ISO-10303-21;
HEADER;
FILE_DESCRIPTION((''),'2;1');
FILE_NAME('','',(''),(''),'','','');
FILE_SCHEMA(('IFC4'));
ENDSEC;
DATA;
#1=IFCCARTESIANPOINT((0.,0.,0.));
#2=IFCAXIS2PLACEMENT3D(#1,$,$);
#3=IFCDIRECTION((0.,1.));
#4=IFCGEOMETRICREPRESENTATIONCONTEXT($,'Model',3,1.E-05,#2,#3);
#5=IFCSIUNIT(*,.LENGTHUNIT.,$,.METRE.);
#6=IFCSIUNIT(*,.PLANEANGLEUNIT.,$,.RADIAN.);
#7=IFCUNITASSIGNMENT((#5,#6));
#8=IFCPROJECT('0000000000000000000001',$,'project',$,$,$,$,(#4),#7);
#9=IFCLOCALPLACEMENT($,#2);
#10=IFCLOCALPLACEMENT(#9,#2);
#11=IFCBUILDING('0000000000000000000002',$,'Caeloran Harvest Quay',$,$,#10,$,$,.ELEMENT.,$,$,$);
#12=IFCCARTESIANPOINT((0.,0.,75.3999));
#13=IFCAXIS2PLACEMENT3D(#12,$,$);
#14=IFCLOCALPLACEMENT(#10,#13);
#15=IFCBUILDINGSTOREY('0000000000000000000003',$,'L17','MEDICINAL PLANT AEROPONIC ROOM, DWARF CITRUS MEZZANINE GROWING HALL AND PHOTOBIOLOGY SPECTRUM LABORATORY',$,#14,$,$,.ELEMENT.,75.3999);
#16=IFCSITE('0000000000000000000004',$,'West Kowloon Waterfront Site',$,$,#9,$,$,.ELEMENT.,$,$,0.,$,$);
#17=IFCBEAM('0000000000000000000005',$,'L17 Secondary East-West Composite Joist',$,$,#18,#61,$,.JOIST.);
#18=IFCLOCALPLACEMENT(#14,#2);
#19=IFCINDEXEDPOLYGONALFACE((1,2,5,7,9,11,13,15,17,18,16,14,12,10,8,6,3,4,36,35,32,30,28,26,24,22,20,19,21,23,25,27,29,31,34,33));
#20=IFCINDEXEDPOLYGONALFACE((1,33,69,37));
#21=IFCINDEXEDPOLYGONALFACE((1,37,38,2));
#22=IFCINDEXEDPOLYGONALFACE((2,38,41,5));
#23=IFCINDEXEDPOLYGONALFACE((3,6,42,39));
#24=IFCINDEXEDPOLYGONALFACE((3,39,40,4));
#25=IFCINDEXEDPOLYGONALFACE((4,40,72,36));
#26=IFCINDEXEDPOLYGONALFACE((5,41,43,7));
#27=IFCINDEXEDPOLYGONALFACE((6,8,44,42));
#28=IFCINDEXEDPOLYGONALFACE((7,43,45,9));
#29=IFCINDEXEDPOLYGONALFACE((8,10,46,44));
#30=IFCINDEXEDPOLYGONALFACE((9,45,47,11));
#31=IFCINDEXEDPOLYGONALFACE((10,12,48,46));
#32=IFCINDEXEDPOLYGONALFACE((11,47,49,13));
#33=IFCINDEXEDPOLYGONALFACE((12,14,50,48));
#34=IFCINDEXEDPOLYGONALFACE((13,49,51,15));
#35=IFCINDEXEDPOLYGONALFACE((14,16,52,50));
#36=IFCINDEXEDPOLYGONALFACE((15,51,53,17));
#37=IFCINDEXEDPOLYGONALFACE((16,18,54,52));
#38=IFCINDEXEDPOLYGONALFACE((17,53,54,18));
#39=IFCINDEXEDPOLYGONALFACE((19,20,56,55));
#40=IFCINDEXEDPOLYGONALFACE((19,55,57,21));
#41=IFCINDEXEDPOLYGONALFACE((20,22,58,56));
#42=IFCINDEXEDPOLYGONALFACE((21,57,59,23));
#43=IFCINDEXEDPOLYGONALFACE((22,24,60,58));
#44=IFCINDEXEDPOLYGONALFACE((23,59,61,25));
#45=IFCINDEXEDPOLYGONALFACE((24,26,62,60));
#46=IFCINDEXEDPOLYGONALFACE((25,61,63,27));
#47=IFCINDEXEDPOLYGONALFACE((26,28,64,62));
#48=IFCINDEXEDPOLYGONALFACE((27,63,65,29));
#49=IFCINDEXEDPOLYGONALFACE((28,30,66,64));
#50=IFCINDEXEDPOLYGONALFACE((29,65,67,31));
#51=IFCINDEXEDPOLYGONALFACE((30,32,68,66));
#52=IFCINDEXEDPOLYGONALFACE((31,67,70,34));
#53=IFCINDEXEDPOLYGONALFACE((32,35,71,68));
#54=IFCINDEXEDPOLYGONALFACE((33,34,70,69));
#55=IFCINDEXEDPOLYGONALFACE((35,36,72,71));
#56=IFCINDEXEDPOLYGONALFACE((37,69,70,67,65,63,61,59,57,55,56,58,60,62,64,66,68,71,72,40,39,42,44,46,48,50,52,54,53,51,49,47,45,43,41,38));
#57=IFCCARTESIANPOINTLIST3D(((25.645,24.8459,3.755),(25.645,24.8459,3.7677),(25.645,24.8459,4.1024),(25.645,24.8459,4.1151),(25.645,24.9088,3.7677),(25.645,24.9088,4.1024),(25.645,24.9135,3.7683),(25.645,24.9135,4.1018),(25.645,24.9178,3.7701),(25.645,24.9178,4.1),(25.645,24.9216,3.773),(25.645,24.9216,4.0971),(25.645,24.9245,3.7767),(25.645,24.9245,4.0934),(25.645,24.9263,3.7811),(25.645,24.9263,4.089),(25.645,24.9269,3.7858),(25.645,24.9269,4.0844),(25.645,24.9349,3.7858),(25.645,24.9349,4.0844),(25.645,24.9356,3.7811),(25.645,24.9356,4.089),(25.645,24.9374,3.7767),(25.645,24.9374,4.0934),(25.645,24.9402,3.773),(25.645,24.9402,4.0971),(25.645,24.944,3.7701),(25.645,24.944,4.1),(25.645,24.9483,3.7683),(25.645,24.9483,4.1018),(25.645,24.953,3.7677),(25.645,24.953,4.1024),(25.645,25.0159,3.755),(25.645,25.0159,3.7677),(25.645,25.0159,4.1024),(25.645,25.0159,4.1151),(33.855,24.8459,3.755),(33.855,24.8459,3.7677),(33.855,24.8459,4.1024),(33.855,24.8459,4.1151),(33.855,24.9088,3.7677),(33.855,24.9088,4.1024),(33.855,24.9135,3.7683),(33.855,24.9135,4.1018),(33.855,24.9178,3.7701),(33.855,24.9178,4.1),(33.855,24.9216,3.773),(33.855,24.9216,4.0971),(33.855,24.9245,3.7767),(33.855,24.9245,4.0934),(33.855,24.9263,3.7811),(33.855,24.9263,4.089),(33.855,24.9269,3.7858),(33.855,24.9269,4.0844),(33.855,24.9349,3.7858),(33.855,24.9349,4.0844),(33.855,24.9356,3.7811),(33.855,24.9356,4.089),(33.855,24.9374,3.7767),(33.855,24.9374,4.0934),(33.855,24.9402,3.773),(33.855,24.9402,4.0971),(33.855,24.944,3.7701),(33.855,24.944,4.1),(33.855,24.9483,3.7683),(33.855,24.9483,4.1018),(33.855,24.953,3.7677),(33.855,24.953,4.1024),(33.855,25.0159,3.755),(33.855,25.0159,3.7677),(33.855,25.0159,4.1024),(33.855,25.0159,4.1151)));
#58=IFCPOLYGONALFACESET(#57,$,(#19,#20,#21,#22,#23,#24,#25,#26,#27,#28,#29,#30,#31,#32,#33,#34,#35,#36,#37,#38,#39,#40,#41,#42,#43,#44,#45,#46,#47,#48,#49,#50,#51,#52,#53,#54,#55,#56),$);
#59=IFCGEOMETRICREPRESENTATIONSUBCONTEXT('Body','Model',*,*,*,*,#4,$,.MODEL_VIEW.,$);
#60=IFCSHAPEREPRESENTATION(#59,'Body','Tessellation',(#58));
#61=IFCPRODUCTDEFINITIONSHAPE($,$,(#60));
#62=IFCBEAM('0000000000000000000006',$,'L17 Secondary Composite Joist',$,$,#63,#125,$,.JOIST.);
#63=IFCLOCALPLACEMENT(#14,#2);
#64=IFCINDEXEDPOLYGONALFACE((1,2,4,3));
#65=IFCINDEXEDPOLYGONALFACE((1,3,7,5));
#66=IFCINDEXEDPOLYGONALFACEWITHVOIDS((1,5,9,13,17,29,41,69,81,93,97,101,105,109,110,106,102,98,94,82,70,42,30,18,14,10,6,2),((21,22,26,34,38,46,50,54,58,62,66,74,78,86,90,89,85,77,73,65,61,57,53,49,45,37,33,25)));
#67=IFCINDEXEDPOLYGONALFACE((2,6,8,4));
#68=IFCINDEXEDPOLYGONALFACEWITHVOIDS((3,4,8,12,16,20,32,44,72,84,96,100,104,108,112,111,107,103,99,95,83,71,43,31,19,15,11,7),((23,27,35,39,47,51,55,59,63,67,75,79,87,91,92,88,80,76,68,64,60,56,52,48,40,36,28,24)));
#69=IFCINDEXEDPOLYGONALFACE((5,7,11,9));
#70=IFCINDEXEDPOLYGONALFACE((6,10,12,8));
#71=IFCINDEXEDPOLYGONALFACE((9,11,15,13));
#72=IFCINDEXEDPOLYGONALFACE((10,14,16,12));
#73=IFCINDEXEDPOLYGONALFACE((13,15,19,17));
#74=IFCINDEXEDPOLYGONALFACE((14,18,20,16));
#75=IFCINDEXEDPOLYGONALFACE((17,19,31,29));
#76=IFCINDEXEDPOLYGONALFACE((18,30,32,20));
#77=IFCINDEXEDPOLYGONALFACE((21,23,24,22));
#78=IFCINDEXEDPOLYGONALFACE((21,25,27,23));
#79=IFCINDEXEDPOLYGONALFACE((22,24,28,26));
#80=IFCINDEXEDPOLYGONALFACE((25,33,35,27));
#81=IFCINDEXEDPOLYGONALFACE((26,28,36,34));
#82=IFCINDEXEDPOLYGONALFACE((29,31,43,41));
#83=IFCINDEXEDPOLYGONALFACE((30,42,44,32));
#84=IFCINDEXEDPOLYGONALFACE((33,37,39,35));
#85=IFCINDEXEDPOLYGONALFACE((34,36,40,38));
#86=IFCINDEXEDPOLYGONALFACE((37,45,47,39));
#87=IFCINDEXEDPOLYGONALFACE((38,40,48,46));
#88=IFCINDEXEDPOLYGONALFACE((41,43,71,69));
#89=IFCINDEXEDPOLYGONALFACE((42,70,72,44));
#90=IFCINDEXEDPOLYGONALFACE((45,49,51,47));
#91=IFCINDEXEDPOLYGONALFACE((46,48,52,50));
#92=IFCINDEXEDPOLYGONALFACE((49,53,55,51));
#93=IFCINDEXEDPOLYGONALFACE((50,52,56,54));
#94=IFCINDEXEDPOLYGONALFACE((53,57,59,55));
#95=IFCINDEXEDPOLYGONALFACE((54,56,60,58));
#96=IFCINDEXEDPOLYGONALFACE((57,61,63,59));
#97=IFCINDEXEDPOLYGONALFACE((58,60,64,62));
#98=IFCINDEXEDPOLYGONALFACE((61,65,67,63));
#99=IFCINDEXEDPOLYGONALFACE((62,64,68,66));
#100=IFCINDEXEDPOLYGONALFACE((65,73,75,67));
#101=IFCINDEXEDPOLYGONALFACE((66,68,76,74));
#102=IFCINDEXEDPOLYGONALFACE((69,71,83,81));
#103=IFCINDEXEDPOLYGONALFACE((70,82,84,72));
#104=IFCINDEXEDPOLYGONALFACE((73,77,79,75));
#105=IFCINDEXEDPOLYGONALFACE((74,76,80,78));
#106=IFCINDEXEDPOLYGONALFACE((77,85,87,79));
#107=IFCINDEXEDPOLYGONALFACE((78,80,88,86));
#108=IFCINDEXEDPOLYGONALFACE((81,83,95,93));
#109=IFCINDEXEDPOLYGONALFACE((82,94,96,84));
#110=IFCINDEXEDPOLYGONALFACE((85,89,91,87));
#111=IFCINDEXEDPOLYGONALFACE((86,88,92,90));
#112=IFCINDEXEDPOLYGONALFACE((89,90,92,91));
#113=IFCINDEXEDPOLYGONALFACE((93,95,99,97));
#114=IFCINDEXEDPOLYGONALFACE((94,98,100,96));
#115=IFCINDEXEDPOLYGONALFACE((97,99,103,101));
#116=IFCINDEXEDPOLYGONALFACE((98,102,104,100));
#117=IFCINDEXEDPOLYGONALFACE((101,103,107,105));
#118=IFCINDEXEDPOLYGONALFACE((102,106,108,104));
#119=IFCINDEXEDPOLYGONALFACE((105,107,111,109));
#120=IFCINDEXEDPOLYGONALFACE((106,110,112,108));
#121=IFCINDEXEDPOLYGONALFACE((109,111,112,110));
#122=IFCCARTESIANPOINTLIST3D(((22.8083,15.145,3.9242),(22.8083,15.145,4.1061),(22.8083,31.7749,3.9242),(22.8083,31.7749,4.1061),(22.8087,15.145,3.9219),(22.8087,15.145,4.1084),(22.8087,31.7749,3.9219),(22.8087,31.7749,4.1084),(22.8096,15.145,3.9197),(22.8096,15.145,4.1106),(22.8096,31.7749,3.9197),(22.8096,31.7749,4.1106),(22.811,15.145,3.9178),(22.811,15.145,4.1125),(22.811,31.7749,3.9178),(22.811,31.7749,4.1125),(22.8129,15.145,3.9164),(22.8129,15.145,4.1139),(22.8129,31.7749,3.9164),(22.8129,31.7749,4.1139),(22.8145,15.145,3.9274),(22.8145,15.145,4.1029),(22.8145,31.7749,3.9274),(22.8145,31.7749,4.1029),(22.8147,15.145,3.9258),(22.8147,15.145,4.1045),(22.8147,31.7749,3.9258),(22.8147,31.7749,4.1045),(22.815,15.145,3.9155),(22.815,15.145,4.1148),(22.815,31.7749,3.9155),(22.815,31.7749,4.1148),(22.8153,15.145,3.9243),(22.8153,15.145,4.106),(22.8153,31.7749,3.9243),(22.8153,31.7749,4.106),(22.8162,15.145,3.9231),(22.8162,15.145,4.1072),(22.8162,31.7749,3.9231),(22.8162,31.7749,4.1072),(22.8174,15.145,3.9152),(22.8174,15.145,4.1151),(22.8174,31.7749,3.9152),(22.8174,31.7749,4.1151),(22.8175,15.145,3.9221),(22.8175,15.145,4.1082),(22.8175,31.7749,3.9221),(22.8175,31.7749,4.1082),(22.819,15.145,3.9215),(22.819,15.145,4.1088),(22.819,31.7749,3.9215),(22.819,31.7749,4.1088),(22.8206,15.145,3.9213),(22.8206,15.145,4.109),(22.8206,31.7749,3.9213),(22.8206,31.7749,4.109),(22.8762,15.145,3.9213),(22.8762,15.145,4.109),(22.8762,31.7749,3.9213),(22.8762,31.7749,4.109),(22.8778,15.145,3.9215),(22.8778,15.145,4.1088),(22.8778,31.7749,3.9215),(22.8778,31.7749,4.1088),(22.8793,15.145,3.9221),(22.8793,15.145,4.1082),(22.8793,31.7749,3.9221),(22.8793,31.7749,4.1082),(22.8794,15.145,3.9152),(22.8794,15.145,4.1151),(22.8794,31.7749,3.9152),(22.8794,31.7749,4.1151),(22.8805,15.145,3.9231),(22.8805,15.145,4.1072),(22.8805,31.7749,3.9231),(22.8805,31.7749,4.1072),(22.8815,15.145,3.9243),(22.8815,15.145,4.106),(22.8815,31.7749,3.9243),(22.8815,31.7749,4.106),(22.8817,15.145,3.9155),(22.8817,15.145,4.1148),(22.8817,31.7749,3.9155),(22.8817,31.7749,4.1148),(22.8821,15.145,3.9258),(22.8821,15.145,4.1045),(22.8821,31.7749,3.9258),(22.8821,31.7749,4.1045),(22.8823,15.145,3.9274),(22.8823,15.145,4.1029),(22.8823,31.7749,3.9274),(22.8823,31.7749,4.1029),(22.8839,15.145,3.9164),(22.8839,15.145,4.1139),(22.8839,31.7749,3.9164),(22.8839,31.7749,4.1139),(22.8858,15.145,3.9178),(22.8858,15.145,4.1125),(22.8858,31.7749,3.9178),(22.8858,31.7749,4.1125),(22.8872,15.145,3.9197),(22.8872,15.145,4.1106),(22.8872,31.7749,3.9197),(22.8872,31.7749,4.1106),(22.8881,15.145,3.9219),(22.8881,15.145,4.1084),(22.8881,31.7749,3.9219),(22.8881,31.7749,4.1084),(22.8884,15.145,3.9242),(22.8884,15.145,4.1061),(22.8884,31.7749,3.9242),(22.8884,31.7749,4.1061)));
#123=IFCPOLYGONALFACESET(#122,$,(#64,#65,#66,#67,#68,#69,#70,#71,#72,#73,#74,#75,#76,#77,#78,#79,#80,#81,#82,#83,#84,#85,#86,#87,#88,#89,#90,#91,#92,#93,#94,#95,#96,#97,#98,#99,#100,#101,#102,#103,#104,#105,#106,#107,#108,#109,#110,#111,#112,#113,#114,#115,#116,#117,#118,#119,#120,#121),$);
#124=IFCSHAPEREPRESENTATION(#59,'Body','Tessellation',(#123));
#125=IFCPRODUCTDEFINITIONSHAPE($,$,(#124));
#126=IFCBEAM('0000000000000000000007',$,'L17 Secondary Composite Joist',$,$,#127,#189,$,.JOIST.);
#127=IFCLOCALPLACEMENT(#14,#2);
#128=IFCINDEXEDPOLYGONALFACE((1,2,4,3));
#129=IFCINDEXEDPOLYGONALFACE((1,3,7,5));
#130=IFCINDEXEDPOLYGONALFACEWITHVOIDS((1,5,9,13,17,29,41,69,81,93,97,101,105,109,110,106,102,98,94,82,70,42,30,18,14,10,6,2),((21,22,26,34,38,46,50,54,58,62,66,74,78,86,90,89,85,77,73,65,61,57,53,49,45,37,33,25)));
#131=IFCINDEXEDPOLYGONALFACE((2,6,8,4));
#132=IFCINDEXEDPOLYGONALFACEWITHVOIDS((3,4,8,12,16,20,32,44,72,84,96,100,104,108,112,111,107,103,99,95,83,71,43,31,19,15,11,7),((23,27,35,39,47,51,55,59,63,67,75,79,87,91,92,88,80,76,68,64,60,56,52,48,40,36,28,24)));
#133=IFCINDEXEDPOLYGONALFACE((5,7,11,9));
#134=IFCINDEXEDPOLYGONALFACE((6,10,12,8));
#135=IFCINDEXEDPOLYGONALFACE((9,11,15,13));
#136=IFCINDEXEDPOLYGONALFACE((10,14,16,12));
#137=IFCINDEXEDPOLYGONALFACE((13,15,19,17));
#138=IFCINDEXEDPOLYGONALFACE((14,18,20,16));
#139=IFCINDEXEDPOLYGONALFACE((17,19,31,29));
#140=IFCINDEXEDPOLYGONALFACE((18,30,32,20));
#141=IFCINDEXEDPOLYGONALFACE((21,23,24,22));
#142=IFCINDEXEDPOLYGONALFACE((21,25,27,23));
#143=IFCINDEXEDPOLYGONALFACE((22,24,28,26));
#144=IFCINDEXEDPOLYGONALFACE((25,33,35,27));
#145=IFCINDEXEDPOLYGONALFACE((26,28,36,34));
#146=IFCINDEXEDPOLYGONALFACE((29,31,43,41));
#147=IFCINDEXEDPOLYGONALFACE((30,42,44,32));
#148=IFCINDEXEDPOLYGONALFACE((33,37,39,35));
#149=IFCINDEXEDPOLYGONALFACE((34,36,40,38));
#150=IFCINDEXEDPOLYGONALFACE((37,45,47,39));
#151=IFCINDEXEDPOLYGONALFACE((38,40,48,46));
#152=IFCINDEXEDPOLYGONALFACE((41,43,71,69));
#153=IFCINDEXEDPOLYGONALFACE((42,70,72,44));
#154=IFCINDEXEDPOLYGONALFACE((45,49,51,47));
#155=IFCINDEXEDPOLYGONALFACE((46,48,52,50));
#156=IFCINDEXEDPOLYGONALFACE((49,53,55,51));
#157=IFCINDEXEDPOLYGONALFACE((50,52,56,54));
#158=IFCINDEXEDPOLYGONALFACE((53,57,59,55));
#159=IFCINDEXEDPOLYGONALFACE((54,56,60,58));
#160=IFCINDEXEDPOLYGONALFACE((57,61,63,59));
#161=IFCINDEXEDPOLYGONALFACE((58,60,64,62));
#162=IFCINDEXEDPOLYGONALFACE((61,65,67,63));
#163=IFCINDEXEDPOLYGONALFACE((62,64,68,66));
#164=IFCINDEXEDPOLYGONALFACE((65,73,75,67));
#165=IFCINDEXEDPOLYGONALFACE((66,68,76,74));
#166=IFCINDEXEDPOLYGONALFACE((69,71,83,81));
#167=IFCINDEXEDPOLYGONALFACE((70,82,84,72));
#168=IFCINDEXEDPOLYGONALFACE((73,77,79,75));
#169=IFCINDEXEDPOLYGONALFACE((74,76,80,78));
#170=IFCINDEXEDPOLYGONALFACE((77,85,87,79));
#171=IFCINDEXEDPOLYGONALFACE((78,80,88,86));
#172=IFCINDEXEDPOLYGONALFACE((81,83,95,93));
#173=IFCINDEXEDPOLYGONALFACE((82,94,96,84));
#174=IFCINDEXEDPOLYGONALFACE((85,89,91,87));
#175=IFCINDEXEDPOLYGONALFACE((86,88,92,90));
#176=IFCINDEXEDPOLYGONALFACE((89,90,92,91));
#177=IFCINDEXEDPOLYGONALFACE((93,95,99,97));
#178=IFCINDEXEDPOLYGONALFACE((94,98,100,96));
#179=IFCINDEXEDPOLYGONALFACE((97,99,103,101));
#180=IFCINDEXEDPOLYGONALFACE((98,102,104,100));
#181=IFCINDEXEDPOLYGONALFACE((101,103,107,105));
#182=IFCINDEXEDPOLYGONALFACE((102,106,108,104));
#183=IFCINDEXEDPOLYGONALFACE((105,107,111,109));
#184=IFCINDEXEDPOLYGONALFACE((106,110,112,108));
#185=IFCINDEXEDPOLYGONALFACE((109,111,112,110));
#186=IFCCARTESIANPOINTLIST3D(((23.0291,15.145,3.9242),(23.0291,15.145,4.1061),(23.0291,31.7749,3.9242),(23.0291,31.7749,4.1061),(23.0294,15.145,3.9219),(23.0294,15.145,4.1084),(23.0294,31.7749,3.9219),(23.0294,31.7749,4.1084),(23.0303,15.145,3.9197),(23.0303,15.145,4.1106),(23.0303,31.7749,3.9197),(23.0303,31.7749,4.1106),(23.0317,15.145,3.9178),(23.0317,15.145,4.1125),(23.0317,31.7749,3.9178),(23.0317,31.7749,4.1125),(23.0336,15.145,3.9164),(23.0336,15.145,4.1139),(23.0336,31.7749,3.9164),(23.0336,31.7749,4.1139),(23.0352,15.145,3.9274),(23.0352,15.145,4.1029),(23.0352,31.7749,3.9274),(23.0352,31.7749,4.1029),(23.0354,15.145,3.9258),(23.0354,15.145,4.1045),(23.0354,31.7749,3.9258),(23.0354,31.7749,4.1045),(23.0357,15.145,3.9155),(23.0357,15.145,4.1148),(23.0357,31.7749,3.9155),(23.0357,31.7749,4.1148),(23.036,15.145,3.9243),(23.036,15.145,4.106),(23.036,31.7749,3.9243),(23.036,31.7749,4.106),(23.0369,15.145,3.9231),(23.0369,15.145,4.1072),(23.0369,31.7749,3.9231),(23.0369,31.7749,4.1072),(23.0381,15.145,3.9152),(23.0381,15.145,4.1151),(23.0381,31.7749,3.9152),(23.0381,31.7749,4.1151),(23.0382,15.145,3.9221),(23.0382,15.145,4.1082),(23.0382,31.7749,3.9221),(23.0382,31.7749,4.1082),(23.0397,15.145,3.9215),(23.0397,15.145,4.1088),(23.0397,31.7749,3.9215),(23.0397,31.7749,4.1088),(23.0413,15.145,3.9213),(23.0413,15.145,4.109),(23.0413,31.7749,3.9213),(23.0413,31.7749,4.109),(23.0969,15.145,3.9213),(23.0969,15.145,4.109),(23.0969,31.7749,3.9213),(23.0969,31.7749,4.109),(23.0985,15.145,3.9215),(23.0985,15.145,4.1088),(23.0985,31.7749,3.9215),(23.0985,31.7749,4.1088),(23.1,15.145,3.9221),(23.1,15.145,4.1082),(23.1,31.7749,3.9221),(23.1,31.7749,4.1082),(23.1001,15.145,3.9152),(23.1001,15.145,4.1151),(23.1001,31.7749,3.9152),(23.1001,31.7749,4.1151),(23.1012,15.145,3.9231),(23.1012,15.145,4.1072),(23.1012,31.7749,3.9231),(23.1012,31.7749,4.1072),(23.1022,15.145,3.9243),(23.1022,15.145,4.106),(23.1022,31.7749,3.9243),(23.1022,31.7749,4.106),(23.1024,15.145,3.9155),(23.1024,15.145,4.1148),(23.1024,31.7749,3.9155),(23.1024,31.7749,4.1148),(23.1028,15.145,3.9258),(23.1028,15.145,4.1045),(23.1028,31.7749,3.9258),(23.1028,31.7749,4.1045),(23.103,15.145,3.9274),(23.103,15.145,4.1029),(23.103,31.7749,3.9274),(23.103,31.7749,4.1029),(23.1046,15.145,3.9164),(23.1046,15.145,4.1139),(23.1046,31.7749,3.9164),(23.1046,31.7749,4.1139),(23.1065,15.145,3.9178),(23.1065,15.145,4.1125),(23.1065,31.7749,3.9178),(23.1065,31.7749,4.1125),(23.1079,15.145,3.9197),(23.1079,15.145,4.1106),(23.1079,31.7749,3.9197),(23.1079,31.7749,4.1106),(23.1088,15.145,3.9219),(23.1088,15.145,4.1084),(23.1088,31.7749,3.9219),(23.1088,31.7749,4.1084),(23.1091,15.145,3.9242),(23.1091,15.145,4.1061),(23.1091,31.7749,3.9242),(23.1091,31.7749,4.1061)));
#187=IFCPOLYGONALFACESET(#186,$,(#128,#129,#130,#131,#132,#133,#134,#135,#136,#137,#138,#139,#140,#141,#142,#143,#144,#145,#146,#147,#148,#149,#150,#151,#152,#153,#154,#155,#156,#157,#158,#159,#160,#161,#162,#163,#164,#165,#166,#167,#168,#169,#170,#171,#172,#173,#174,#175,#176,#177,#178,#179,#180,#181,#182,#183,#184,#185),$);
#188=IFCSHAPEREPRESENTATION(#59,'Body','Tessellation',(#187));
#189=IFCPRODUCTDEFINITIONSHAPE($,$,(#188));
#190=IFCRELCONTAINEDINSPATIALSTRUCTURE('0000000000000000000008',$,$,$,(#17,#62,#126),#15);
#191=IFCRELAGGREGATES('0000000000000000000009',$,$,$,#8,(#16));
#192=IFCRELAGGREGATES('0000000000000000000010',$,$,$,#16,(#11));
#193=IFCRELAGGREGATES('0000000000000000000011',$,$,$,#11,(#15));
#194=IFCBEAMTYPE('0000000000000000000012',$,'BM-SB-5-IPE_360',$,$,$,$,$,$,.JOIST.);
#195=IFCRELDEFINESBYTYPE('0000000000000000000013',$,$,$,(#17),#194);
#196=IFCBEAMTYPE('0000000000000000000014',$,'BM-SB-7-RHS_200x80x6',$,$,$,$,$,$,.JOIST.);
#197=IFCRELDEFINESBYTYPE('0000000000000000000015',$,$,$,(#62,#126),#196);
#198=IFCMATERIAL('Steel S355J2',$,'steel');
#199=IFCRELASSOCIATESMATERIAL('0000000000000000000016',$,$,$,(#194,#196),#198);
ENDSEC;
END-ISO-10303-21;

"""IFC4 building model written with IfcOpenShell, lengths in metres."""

from ifc_helpers import new_model, si_unit, direction, frame, origin, origin_2d, place, context, subcontext, project, spatial, hollow_rectangle, i_section, extrude, material, material_profile, profile_set, type_object, element, save


model = new_model("IFC4")

# Units and contexts
model_context = context("Model", 3, precision=1e-05, world=origin(), true_north=direction((0.0, 1.0)))
body_context = subcontext(model_context, "Body", "Model", "MODEL_VIEW")
ifc_project = project(units=[si_unit("LENGTHUNIT", "METRE"), si_unit("PLANEANGLEUNIT", "RADIAN")], contexts=[model_context])

# Site, building, storey
site_placement = place(None, origin())
site = spatial("IfcSite", under=ifc_project, at=site_placement, Name="West Kowloon Waterfront Site", CompositionType="ELEMENT", RefElevation=0.0)
building_placement = place(site_placement, origin())
building = spatial("IfcBuilding", under=site, at=building_placement, Name="Caeloran Harvest Quay", CompositionType="ELEMENT")
storey_placement = place(building_placement, frame((0.0, 0.0, 75.3999)))
storey = spatial("IfcBuildingStorey", under=building, at=storey_placement, Name="L17", Description="MEDICINAL PLANT AEROPONIC ROOM, DWARF CITRUS MEZZANINE GROWING HALL AND PHOTOBIOLOGY SPECTRUM LABORATORY", CompositionType="ELEMENT", Elevation=75.3999)

# Beams
ifc_material_1 = material(Name="Steel S355J2", Category="steel")
ifc_material_profile_1 = material_profile(ifc_material_1, i_section(OverallWidth=0.1699, OverallDepth=0.3601, WebThickness=0.0081, FlangeThickness=0.0127, FilletRadius=0.0181, at=origin_2d()), Name="IPE 360")
ifc_profile_set_1 = profile_set([ifc_material_profile_1], Name="Steel S355J2")
beam_type_1 = type_object("IfcBeamType", Name="BM-SB-5-IPE_360", PredefinedType="JOIST", material=ifc_profile_set_1)
for number, where, z_axis, x_axis, name in (
    (1, (25.645, 24.9309, 3.9351), (1.0, 0.0, 0.0), (0.0, 1.0, 0.0), "L17 Secondary East-West Composite Joist"),
):
    element("IfcBeam", number, at=place(storey_placement, frame(where, z_axis=z_axis, x_axis=x_axis)), inside=storey, type_object=beam_type_1, Name=name, PredefinedType="JOIST", context=body_context, shape_type="SweptSolid", body=[
        extrude(i_section(OverallWidth=0.1699, OverallDepth=0.3601, WebThickness=0.0081, FlangeThickness=0.0127, FilletRadius=0.0181, at=origin_2d()), origin(), (0.0, 0.0, 1.0), 8.21),
    ])
ifc_material_profile_2 = material_profile(ifc_material_1, hollow_rectangle(XDim=0.0801, YDim=0.2, WallThickness=0.0061, InnerFilletRadius=0.0061, OuterFilletRadius=0.009, at=origin_2d()), Name="RHS 200x80x6")
ifc_profile_set_2 = profile_set([ifc_material_profile_2], Name="Steel S355J2")
beam_type_2 = type_object("IfcBeamType", Name="BM-SB-7-RHS_200x80x6", PredefinedType="JOIST", material=ifc_profile_set_2)
for number, where, z_axis, x_axis, name in (
    (2, (22.8484, 15.145, 4.0151), (0.0, 1.0, 0.0), (-1.0, 0.0, 0.0), "L17 Secondary Composite Joist"),
    (3, (23.0691, 15.145, 4.0151), (0.0, 1.0, 0.0), (-1.0, 0.0, 0.0), "L17 Secondary Composite Joist"),
):
    element("IfcBeam", number, at=place(storey_placement, frame(where, z_axis=z_axis, x_axis=x_axis)), inside=storey, type_object=beam_type_2, Name=name, PredefinedType="JOIST", context=body_context, shape_type="SweptSolid", body=[
        extrude(hollow_rectangle(XDim=0.0801, YDim=0.2, WallThickness=0.0061, InnerFilletRadius=0.0061, OuterFilletRadius=0.009, at=origin_2d()), origin(), (0.0, 0.0, 1.0), 16.6299),
    ])

save(model, "model.ifc")
